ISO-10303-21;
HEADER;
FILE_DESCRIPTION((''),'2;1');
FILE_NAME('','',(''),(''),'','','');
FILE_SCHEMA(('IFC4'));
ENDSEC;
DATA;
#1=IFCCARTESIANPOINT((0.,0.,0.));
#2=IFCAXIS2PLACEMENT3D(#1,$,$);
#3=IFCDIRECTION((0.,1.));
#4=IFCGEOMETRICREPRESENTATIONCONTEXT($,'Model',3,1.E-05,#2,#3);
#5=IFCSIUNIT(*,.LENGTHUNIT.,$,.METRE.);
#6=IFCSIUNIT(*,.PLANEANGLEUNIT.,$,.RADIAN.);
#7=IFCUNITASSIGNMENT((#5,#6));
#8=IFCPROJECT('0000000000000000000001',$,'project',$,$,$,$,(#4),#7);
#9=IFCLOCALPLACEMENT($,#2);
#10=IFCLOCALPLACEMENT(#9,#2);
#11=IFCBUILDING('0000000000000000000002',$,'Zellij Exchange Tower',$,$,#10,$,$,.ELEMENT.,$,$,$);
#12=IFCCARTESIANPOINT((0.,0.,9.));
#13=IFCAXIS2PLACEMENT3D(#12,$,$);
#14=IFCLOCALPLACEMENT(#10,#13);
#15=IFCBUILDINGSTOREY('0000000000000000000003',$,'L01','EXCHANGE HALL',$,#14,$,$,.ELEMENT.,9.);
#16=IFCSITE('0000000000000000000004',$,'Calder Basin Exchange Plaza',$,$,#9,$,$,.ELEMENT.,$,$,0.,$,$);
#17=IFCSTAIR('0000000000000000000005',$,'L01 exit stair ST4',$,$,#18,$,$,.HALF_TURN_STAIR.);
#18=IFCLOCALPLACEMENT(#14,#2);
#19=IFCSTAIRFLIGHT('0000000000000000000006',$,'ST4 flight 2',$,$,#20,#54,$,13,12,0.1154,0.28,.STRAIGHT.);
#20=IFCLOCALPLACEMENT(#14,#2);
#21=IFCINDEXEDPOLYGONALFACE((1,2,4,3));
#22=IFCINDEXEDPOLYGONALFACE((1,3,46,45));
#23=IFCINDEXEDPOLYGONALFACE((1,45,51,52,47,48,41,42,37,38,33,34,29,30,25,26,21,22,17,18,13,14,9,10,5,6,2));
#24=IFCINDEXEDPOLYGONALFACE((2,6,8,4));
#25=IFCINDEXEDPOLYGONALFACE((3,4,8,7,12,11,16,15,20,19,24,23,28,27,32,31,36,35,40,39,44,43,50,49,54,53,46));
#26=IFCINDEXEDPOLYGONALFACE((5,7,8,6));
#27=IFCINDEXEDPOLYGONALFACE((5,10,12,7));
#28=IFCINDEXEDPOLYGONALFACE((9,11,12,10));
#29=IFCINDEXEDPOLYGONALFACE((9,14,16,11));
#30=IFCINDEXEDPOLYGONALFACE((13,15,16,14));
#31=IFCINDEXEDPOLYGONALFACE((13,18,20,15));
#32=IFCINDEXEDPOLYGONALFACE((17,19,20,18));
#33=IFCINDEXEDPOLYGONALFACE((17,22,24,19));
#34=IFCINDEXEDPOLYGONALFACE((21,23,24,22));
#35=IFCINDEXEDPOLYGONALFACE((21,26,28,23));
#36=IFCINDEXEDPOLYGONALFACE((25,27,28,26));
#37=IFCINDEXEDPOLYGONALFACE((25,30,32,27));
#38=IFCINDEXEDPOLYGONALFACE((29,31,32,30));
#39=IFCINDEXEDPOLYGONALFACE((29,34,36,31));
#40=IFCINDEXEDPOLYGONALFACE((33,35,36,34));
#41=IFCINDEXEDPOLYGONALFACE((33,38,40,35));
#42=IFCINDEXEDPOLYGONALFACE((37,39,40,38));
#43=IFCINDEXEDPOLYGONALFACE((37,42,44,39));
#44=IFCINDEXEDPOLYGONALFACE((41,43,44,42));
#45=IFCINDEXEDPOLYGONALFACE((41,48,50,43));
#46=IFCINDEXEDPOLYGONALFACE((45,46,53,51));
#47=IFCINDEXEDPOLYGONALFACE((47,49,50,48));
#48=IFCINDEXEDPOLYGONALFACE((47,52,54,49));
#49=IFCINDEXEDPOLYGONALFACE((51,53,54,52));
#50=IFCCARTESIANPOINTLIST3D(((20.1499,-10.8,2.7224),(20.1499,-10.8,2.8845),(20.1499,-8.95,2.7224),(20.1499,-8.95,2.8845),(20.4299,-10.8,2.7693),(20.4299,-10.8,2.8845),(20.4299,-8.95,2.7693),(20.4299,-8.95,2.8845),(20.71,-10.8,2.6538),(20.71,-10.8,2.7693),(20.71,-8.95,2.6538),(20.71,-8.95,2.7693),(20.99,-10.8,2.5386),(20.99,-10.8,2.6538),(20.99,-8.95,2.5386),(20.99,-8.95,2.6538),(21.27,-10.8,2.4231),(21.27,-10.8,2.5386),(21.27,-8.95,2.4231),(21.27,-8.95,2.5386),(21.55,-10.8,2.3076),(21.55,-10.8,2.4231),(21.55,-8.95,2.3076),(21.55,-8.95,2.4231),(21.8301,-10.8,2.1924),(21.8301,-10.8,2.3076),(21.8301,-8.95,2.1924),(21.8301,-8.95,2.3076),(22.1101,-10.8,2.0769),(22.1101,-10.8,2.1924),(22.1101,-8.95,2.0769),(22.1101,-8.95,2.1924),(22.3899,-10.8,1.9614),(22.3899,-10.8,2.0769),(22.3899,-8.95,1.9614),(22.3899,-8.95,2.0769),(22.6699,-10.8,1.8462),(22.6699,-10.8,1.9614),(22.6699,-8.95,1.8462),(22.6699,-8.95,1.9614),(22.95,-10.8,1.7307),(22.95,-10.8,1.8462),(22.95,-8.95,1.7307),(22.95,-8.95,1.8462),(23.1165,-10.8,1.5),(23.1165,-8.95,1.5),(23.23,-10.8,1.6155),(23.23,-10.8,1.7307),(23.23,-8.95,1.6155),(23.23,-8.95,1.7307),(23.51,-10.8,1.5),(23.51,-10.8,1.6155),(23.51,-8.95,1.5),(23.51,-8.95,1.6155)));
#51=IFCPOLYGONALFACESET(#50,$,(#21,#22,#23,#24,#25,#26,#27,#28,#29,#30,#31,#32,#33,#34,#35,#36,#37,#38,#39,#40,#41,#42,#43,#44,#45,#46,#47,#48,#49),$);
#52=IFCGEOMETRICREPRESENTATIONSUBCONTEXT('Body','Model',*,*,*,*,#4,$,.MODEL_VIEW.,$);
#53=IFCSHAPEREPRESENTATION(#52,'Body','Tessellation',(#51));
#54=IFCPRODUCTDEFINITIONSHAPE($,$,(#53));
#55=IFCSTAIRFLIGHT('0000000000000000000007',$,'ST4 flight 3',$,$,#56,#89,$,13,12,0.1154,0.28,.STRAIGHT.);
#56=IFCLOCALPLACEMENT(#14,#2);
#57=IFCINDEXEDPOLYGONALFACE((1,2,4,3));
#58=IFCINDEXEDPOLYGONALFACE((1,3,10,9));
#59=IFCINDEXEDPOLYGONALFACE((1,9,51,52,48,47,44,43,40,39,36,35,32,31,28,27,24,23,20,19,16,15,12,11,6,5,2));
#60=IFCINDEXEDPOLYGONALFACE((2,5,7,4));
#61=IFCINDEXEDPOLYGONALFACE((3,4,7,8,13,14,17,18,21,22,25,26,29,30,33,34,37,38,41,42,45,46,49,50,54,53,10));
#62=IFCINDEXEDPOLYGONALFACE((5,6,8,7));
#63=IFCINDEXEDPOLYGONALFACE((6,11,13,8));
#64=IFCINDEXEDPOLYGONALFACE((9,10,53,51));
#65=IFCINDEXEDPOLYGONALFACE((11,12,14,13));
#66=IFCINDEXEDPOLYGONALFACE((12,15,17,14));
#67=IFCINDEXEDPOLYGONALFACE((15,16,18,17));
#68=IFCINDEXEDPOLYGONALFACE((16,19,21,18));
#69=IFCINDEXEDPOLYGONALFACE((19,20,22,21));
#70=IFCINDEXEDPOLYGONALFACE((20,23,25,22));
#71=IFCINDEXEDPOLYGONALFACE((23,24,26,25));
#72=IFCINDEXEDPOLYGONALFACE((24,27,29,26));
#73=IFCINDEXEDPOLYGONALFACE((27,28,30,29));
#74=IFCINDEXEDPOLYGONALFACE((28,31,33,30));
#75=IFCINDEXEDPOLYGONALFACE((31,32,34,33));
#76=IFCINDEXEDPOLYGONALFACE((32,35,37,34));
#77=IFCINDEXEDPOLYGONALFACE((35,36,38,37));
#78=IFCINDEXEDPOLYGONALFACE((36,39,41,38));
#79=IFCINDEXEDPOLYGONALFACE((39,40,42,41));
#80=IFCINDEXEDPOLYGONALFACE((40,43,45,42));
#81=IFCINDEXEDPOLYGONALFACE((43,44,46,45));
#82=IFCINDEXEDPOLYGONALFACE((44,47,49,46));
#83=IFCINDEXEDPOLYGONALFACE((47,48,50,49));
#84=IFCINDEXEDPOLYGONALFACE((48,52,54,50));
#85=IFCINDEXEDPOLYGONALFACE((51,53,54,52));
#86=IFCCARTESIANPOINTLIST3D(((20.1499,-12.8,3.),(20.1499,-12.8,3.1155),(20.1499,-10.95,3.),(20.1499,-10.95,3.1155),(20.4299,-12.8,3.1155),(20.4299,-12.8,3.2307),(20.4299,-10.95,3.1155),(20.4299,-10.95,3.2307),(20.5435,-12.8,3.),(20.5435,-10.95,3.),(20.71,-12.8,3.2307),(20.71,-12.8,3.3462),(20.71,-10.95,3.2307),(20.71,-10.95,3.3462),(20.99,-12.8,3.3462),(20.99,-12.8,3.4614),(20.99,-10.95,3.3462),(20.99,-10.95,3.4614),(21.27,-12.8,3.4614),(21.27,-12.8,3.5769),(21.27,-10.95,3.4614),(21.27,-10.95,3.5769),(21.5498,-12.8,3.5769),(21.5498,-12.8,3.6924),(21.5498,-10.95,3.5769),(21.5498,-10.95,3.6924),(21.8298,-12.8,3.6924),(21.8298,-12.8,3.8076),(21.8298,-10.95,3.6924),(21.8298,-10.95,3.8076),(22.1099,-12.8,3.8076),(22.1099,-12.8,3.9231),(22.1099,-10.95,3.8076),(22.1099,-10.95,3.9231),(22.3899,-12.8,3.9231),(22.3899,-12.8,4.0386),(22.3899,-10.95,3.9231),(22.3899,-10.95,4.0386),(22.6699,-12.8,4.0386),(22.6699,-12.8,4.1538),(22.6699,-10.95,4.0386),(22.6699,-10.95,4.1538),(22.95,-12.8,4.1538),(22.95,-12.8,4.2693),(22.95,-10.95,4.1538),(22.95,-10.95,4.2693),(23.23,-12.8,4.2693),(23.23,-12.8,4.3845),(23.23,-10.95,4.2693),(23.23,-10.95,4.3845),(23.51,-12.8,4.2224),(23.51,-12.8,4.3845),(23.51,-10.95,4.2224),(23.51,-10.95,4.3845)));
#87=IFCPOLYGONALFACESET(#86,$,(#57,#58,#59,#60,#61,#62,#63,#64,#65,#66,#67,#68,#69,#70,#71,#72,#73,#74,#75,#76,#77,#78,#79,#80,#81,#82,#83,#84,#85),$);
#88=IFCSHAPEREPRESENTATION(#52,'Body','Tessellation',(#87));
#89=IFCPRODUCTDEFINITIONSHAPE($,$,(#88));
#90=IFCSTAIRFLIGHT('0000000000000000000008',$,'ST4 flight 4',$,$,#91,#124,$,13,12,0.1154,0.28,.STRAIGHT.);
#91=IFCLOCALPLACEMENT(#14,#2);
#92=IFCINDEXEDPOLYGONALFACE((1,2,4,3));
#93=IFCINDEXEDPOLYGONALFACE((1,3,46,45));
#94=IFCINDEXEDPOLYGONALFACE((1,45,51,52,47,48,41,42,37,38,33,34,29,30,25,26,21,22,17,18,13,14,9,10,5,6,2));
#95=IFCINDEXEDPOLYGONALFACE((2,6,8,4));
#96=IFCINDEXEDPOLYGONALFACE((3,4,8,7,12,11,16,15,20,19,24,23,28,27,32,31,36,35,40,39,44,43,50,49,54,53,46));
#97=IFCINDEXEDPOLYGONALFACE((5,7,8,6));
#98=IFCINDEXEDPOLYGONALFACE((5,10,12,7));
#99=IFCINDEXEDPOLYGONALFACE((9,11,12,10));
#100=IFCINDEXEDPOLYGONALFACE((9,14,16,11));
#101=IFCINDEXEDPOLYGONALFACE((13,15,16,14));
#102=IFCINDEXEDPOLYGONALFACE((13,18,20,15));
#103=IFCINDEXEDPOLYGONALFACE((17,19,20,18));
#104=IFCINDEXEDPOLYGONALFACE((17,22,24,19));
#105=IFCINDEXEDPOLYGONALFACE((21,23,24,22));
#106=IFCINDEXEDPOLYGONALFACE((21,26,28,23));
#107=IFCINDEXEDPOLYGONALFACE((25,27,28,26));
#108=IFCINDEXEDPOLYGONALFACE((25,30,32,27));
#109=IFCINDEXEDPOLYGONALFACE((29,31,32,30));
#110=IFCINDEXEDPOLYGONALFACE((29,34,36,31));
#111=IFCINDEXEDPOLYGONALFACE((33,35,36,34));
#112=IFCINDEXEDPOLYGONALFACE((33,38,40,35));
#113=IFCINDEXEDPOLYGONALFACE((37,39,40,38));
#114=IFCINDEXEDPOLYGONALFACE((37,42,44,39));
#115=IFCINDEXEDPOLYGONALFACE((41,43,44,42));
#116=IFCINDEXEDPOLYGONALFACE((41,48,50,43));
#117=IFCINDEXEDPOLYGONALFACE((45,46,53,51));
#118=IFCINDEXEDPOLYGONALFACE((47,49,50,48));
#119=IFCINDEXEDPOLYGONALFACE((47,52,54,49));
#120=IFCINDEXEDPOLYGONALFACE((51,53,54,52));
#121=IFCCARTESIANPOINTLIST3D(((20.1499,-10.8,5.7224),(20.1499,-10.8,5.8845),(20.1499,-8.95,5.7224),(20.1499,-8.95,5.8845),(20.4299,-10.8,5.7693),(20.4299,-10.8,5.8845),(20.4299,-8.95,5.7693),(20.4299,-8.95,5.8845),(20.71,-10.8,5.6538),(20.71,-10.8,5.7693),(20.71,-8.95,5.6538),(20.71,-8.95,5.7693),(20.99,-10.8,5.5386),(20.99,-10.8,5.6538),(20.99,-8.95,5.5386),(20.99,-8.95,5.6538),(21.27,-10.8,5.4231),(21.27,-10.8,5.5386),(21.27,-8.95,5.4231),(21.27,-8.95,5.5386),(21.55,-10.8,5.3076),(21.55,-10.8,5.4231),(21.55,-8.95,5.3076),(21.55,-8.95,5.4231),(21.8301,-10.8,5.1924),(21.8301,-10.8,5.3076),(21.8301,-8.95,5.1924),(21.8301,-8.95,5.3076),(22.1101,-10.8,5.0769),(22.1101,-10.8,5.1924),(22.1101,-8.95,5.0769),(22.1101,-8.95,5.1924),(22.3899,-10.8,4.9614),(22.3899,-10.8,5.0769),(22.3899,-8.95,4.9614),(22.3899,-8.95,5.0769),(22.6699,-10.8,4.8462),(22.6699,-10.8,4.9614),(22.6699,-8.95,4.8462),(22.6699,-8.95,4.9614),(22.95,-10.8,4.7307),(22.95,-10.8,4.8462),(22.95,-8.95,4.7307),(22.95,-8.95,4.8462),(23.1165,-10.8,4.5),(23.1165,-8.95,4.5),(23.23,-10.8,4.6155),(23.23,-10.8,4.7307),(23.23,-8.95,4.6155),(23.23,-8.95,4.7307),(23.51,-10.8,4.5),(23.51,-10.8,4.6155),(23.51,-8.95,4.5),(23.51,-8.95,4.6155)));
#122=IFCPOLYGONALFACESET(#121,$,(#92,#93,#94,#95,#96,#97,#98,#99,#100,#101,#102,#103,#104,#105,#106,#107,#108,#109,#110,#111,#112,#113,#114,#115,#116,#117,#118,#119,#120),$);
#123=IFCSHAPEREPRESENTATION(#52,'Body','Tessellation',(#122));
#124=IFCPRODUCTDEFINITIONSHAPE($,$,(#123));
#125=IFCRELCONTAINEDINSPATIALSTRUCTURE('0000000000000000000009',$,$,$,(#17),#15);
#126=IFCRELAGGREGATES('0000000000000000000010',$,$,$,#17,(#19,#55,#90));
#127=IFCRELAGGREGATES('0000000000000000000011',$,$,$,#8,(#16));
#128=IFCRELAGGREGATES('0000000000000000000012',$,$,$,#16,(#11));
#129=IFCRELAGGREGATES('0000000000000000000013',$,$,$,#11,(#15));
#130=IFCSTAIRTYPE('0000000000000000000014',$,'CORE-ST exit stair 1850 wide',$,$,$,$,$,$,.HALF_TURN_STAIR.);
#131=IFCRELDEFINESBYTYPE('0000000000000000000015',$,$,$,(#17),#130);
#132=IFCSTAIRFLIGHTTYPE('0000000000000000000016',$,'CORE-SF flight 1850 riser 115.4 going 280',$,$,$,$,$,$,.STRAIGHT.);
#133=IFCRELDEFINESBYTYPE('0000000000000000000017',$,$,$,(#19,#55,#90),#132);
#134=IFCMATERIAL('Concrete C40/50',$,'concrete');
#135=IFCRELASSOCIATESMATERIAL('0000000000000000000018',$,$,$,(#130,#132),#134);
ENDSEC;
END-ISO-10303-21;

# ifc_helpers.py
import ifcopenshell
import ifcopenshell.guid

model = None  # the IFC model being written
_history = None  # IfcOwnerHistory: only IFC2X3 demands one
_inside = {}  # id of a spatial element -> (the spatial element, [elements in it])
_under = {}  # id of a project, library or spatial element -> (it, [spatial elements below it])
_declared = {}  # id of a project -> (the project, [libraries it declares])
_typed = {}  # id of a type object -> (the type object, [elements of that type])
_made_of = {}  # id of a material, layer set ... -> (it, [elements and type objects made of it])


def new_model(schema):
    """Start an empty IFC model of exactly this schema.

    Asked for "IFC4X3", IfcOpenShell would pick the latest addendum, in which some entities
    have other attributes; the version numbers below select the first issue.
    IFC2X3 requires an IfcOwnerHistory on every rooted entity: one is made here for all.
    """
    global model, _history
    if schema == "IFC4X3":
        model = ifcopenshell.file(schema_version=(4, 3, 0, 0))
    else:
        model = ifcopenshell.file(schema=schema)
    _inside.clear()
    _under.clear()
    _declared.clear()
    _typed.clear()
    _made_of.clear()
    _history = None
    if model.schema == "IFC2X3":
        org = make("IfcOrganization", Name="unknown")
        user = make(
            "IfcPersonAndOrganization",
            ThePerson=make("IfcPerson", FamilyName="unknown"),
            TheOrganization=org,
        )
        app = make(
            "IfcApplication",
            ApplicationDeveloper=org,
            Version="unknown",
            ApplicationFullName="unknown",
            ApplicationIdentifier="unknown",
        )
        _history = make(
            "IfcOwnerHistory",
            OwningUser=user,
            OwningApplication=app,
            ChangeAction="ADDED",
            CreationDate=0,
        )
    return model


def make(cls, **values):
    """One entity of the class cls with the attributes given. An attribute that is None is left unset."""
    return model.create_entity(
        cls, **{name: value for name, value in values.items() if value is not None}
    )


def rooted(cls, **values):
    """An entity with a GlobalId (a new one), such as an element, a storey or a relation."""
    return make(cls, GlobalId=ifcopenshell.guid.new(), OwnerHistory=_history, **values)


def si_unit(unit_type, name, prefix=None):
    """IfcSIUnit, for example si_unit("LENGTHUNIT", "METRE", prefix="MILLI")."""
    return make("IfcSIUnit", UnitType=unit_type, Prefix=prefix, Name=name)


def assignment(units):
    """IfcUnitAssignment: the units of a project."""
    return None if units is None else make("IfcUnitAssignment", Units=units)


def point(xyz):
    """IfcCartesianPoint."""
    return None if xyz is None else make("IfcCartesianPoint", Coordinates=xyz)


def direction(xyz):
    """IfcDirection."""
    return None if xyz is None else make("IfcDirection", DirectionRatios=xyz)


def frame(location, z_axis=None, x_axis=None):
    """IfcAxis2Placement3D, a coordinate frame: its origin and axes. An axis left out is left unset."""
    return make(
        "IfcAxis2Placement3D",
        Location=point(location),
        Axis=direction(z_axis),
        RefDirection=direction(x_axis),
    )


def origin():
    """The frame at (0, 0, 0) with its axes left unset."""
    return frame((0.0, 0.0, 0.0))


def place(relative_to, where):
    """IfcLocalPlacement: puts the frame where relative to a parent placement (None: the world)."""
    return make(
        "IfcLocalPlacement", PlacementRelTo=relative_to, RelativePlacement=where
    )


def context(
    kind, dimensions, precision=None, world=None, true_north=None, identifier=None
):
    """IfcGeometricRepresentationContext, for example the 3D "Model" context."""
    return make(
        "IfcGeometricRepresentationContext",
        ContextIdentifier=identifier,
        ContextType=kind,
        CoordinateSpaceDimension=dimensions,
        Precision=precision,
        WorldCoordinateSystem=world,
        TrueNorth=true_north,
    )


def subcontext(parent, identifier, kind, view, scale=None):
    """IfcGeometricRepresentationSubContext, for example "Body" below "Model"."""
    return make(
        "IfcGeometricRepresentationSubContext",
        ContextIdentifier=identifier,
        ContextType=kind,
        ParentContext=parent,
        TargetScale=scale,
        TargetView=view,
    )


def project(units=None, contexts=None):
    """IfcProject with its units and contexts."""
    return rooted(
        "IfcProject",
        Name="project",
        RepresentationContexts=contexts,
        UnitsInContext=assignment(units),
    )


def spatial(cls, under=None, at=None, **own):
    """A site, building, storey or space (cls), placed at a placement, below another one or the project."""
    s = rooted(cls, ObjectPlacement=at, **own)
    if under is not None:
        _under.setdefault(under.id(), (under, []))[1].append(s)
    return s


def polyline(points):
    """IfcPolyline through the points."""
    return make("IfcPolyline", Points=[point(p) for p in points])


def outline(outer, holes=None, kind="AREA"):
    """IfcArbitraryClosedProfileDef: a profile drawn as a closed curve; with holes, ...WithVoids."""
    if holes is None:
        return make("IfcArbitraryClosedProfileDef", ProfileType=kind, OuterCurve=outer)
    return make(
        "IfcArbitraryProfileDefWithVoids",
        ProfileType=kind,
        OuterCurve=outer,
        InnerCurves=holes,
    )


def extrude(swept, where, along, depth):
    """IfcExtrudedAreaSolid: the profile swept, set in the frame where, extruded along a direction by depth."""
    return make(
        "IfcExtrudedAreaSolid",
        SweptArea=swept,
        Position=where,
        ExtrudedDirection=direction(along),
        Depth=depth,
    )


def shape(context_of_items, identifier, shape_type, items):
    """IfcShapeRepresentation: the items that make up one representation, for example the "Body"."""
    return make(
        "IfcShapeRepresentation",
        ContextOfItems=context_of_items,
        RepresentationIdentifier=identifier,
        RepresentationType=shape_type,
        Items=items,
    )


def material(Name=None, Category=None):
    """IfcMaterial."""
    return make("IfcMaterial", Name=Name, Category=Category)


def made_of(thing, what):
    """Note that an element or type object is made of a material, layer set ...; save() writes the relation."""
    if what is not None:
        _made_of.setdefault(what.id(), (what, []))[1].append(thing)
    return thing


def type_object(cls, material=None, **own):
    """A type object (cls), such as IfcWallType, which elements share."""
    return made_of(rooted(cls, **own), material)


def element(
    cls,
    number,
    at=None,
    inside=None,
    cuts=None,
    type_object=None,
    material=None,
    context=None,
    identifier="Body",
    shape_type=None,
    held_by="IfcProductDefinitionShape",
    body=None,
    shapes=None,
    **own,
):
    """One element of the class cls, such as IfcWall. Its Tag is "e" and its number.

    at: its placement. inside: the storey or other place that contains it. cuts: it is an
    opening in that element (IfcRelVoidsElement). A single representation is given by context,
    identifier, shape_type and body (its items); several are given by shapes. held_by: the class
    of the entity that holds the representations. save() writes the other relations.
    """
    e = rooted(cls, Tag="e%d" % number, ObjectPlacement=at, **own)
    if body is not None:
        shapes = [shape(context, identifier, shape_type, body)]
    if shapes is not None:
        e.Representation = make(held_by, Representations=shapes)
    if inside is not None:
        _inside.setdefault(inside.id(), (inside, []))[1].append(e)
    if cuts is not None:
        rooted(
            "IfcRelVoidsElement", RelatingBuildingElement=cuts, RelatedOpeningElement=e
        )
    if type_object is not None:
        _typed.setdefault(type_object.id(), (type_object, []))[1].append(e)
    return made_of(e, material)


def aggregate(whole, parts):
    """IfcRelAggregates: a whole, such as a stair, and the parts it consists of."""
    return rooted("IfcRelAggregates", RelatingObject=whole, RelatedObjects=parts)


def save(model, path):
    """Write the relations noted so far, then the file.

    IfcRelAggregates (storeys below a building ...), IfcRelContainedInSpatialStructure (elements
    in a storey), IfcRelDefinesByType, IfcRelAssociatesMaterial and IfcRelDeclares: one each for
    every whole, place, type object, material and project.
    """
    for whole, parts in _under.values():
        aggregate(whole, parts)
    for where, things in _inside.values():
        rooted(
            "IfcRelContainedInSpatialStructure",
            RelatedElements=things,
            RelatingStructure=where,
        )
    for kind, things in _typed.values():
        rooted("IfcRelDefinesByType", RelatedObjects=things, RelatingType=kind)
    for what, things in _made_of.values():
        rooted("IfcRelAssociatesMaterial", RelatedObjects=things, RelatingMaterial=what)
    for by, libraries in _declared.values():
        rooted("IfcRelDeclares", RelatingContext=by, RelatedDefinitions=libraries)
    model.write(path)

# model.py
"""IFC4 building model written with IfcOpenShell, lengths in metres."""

from ifc_helpers import new_model, si_unit, direction, frame, origin, place, context, subcontext, project, spatial, polyline, outline, extrude, material, type_object, element, aggregate, save


model = new_model("IFC4")

# Units and contexts
model_context = context("Model", 3, precision=1e-05, world=origin(), true_north=direction((0.0, 1.0)))
body_context = subcontext(model_context, "Body", "Model", "MODEL_VIEW")
ifc_project = project(units=[si_unit("LENGTHUNIT", "METRE"), si_unit("PLANEANGLEUNIT", "RADIAN")], contexts=[model_context])

# Site, building, storey
site_placement = place(None, origin())
site = spatial("IfcSite", under=ifc_project, at=site_placement, Name="Calder Basin Exchange Plaza", CompositionType="ELEMENT", RefElevation=0.0)
building_placement = place(site_placement, origin())
building = spatial("IfcBuilding", under=site, at=building_placement, Name="Zellij Exchange Tower", CompositionType="ELEMENT")
storey_placement = place(building_placement, frame((0.0, 0.0, 9.0)))
storey = spatial("IfcBuildingStorey", under=building, at=storey_placement, Name="L01", Description="EXCHANGE HALL", CompositionType="ELEMENT", Elevation=9.0)

# Stair, stair flights
ifc_material_1 = material(Name="Concrete C40/50", Category="concrete")
stair_type = type_object("IfcStairType", Name="CORE-ST exit stair 1850 wide", PredefinedType="HALF_TURN_STAIR", material=ifc_material_1)
stair_placement = place(storey_placement, origin())
stair = element("IfcStair", 1, at=stair_placement, inside=storey, type_object=stair_type, Name="L01 exit stair ST4", PredefinedType="HALF_TURN_STAIR")
stair_flight_type = type_object("IfcStairFlightType", Name="CORE-SF flight 1850 riser 115.4 going 280", PredefinedType="STRAIGHT", material=ifc_material_1)
stair_flight_1_placement = place(storey_placement, frame((23.51, -9.875, 1.5), z_axis=(0.0, 0.0, 1.0), x_axis=(-1.0, 0.0, 0.0)))
stair_flight_1 = element("IfcStairFlight", 2, at=stair_flight_1_placement, type_object=stair_flight_type, Name="ST4 flight 2", NumberOfRisers=13, NumberOfTreads=12, PredefinedType="STRAIGHT", RiserHeight=0.1154, TreadLength=0.28, context=body_context, shape_type="SweptSolid", body=[
    extrude(outline(polyline([(0.0, 0.0), (0.0, 0.1155), (0.28, 0.1155), (0.28, 0.2307), (0.5601, 0.2307), (0.5601, 0.3462), (0.8401, 0.3462), (0.8401, 0.4614), (1.1201, 0.4614), (1.1201, 0.5769), (1.3999, 0.5769), (1.3999, 0.6924), (1.6799, 0.6924), (1.6799, 0.8076), (1.96, 0.8076), (1.96, 0.9231), (2.24, 0.9231), (2.24, 1.0386), (2.52, 1.0386), (2.52, 1.1538), (2.8, 1.1538), (2.8, 1.2693), (3.0801, 1.2693), (3.0801, 1.3845), (3.3601, 1.3845), (3.3601, 1.5), (3.3601, 1.2224), (0.3936, 0.0), (0.0, 0.0)])), frame((0.0, 0.925, 0.0), z_axis=(0.0, -1.0, 0.0), x_axis=(1.0, 0.0, 0.0)), (0.0, 0.0, 1.0), 1.8501),
])
stair_flight_2_placement = place(storey_placement, frame((20.1499, -11.875, 3.0), z_axis=(0.0, 0.0, 1.0), x_axis=(1.0, 0.0, 0.0)))
stair_flight_2 = element("IfcStairFlight", 3, at=stair_flight_2_placement, type_object=stair_flight_type, Name="ST4 flight 3", NumberOfRisers=13, NumberOfTreads=12, PredefinedType="STRAIGHT", RiserHeight=0.1154, TreadLength=0.28, context=body_context, shape_type="SweptSolid", body=[
    extrude(outline(polyline([(0.0, 0.0), (0.0, 0.1155), (0.28, 0.1155), (0.28, 0.2307), (0.5601, 0.2307), (0.5601, 0.3462), (0.8401, 0.3462), (0.8401, 0.4614), (1.1201, 0.4614), (1.1201, 0.5769), (1.3999, 0.5769), (1.3999, 0.6924), (1.6799, 0.6924), (1.6799, 0.8076), (1.96, 0.8076), (1.96, 0.9231), (2.24, 0.9231), (2.24, 1.0386), (2.52, 1.0386), (2.52, 1.1538), (2.8, 1.1538), (2.8, 1.2693), (3.0801, 1.2693), (3.0801, 1.3845), (3.3601, 1.3845), (3.3601, 1.5), (3.3601, 1.2224), (0.3936, 0.0), (0.0, 0.0)])), frame((0.0, 0.925, 0.0), z_axis=(0.0, -1.0, 0.0), x_axis=(1.0, 0.0, 0.0)), (0.0, 0.0, 1.0), 1.8501),
])
stair_flight_3_placement = place(storey_placement, frame((23.51, -9.875, 4.5), z_axis=(0.0, 0.0, 1.0), x_axis=(-1.0, 0.0, 0.0)))
stair_flight_3 = element("IfcStairFlight", 4, at=stair_flight_3_placement, type_object=stair_flight_type, Name="ST4 flight 4", NumberOfRisers=13, NumberOfTreads=12, PredefinedType="STRAIGHT", RiserHeight=0.1154, TreadLength=0.28, context=body_context, shape_type="SweptSolid", body=[
    extrude(outline(polyline([(0.0, 0.0), (0.0, 0.1155), (0.28, 0.1155), (0.28, 0.2307), (0.5601, 0.2307), (0.5601, 0.3462), (0.8401, 0.3462), (0.8401, 0.4614), (1.1201, 0.4614), (1.1201, 0.5769), (1.3999, 0.5769), (1.3999, 0.6924), (1.6799, 0.6924), (1.6799, 0.8076), (1.96, 0.8076), (1.96, 0.9231), (2.24, 0.9231), (2.24, 1.0386), (2.52, 1.0386), (2.52, 1.1538), (2.8, 1.1538), (2.8, 1.2693), (3.0801, 1.2693), (3.0801, 1.3845), (3.3601, 1.3845), (3.3601, 1.5), (3.3601, 1.2224), (0.3936, 0.0), (0.0, 0.0)])), frame((0.0, 0.925, 0.0), z_axis=(0.0, -1.0, 0.0), x_axis=(1.0, 0.0, 0.0)), (0.0, 0.0, 1.0), 1.8501),
])
aggregate(stair, [stair_flight_1, stair_flight_2, stair_flight_3])

save(model, "model.ifc")
